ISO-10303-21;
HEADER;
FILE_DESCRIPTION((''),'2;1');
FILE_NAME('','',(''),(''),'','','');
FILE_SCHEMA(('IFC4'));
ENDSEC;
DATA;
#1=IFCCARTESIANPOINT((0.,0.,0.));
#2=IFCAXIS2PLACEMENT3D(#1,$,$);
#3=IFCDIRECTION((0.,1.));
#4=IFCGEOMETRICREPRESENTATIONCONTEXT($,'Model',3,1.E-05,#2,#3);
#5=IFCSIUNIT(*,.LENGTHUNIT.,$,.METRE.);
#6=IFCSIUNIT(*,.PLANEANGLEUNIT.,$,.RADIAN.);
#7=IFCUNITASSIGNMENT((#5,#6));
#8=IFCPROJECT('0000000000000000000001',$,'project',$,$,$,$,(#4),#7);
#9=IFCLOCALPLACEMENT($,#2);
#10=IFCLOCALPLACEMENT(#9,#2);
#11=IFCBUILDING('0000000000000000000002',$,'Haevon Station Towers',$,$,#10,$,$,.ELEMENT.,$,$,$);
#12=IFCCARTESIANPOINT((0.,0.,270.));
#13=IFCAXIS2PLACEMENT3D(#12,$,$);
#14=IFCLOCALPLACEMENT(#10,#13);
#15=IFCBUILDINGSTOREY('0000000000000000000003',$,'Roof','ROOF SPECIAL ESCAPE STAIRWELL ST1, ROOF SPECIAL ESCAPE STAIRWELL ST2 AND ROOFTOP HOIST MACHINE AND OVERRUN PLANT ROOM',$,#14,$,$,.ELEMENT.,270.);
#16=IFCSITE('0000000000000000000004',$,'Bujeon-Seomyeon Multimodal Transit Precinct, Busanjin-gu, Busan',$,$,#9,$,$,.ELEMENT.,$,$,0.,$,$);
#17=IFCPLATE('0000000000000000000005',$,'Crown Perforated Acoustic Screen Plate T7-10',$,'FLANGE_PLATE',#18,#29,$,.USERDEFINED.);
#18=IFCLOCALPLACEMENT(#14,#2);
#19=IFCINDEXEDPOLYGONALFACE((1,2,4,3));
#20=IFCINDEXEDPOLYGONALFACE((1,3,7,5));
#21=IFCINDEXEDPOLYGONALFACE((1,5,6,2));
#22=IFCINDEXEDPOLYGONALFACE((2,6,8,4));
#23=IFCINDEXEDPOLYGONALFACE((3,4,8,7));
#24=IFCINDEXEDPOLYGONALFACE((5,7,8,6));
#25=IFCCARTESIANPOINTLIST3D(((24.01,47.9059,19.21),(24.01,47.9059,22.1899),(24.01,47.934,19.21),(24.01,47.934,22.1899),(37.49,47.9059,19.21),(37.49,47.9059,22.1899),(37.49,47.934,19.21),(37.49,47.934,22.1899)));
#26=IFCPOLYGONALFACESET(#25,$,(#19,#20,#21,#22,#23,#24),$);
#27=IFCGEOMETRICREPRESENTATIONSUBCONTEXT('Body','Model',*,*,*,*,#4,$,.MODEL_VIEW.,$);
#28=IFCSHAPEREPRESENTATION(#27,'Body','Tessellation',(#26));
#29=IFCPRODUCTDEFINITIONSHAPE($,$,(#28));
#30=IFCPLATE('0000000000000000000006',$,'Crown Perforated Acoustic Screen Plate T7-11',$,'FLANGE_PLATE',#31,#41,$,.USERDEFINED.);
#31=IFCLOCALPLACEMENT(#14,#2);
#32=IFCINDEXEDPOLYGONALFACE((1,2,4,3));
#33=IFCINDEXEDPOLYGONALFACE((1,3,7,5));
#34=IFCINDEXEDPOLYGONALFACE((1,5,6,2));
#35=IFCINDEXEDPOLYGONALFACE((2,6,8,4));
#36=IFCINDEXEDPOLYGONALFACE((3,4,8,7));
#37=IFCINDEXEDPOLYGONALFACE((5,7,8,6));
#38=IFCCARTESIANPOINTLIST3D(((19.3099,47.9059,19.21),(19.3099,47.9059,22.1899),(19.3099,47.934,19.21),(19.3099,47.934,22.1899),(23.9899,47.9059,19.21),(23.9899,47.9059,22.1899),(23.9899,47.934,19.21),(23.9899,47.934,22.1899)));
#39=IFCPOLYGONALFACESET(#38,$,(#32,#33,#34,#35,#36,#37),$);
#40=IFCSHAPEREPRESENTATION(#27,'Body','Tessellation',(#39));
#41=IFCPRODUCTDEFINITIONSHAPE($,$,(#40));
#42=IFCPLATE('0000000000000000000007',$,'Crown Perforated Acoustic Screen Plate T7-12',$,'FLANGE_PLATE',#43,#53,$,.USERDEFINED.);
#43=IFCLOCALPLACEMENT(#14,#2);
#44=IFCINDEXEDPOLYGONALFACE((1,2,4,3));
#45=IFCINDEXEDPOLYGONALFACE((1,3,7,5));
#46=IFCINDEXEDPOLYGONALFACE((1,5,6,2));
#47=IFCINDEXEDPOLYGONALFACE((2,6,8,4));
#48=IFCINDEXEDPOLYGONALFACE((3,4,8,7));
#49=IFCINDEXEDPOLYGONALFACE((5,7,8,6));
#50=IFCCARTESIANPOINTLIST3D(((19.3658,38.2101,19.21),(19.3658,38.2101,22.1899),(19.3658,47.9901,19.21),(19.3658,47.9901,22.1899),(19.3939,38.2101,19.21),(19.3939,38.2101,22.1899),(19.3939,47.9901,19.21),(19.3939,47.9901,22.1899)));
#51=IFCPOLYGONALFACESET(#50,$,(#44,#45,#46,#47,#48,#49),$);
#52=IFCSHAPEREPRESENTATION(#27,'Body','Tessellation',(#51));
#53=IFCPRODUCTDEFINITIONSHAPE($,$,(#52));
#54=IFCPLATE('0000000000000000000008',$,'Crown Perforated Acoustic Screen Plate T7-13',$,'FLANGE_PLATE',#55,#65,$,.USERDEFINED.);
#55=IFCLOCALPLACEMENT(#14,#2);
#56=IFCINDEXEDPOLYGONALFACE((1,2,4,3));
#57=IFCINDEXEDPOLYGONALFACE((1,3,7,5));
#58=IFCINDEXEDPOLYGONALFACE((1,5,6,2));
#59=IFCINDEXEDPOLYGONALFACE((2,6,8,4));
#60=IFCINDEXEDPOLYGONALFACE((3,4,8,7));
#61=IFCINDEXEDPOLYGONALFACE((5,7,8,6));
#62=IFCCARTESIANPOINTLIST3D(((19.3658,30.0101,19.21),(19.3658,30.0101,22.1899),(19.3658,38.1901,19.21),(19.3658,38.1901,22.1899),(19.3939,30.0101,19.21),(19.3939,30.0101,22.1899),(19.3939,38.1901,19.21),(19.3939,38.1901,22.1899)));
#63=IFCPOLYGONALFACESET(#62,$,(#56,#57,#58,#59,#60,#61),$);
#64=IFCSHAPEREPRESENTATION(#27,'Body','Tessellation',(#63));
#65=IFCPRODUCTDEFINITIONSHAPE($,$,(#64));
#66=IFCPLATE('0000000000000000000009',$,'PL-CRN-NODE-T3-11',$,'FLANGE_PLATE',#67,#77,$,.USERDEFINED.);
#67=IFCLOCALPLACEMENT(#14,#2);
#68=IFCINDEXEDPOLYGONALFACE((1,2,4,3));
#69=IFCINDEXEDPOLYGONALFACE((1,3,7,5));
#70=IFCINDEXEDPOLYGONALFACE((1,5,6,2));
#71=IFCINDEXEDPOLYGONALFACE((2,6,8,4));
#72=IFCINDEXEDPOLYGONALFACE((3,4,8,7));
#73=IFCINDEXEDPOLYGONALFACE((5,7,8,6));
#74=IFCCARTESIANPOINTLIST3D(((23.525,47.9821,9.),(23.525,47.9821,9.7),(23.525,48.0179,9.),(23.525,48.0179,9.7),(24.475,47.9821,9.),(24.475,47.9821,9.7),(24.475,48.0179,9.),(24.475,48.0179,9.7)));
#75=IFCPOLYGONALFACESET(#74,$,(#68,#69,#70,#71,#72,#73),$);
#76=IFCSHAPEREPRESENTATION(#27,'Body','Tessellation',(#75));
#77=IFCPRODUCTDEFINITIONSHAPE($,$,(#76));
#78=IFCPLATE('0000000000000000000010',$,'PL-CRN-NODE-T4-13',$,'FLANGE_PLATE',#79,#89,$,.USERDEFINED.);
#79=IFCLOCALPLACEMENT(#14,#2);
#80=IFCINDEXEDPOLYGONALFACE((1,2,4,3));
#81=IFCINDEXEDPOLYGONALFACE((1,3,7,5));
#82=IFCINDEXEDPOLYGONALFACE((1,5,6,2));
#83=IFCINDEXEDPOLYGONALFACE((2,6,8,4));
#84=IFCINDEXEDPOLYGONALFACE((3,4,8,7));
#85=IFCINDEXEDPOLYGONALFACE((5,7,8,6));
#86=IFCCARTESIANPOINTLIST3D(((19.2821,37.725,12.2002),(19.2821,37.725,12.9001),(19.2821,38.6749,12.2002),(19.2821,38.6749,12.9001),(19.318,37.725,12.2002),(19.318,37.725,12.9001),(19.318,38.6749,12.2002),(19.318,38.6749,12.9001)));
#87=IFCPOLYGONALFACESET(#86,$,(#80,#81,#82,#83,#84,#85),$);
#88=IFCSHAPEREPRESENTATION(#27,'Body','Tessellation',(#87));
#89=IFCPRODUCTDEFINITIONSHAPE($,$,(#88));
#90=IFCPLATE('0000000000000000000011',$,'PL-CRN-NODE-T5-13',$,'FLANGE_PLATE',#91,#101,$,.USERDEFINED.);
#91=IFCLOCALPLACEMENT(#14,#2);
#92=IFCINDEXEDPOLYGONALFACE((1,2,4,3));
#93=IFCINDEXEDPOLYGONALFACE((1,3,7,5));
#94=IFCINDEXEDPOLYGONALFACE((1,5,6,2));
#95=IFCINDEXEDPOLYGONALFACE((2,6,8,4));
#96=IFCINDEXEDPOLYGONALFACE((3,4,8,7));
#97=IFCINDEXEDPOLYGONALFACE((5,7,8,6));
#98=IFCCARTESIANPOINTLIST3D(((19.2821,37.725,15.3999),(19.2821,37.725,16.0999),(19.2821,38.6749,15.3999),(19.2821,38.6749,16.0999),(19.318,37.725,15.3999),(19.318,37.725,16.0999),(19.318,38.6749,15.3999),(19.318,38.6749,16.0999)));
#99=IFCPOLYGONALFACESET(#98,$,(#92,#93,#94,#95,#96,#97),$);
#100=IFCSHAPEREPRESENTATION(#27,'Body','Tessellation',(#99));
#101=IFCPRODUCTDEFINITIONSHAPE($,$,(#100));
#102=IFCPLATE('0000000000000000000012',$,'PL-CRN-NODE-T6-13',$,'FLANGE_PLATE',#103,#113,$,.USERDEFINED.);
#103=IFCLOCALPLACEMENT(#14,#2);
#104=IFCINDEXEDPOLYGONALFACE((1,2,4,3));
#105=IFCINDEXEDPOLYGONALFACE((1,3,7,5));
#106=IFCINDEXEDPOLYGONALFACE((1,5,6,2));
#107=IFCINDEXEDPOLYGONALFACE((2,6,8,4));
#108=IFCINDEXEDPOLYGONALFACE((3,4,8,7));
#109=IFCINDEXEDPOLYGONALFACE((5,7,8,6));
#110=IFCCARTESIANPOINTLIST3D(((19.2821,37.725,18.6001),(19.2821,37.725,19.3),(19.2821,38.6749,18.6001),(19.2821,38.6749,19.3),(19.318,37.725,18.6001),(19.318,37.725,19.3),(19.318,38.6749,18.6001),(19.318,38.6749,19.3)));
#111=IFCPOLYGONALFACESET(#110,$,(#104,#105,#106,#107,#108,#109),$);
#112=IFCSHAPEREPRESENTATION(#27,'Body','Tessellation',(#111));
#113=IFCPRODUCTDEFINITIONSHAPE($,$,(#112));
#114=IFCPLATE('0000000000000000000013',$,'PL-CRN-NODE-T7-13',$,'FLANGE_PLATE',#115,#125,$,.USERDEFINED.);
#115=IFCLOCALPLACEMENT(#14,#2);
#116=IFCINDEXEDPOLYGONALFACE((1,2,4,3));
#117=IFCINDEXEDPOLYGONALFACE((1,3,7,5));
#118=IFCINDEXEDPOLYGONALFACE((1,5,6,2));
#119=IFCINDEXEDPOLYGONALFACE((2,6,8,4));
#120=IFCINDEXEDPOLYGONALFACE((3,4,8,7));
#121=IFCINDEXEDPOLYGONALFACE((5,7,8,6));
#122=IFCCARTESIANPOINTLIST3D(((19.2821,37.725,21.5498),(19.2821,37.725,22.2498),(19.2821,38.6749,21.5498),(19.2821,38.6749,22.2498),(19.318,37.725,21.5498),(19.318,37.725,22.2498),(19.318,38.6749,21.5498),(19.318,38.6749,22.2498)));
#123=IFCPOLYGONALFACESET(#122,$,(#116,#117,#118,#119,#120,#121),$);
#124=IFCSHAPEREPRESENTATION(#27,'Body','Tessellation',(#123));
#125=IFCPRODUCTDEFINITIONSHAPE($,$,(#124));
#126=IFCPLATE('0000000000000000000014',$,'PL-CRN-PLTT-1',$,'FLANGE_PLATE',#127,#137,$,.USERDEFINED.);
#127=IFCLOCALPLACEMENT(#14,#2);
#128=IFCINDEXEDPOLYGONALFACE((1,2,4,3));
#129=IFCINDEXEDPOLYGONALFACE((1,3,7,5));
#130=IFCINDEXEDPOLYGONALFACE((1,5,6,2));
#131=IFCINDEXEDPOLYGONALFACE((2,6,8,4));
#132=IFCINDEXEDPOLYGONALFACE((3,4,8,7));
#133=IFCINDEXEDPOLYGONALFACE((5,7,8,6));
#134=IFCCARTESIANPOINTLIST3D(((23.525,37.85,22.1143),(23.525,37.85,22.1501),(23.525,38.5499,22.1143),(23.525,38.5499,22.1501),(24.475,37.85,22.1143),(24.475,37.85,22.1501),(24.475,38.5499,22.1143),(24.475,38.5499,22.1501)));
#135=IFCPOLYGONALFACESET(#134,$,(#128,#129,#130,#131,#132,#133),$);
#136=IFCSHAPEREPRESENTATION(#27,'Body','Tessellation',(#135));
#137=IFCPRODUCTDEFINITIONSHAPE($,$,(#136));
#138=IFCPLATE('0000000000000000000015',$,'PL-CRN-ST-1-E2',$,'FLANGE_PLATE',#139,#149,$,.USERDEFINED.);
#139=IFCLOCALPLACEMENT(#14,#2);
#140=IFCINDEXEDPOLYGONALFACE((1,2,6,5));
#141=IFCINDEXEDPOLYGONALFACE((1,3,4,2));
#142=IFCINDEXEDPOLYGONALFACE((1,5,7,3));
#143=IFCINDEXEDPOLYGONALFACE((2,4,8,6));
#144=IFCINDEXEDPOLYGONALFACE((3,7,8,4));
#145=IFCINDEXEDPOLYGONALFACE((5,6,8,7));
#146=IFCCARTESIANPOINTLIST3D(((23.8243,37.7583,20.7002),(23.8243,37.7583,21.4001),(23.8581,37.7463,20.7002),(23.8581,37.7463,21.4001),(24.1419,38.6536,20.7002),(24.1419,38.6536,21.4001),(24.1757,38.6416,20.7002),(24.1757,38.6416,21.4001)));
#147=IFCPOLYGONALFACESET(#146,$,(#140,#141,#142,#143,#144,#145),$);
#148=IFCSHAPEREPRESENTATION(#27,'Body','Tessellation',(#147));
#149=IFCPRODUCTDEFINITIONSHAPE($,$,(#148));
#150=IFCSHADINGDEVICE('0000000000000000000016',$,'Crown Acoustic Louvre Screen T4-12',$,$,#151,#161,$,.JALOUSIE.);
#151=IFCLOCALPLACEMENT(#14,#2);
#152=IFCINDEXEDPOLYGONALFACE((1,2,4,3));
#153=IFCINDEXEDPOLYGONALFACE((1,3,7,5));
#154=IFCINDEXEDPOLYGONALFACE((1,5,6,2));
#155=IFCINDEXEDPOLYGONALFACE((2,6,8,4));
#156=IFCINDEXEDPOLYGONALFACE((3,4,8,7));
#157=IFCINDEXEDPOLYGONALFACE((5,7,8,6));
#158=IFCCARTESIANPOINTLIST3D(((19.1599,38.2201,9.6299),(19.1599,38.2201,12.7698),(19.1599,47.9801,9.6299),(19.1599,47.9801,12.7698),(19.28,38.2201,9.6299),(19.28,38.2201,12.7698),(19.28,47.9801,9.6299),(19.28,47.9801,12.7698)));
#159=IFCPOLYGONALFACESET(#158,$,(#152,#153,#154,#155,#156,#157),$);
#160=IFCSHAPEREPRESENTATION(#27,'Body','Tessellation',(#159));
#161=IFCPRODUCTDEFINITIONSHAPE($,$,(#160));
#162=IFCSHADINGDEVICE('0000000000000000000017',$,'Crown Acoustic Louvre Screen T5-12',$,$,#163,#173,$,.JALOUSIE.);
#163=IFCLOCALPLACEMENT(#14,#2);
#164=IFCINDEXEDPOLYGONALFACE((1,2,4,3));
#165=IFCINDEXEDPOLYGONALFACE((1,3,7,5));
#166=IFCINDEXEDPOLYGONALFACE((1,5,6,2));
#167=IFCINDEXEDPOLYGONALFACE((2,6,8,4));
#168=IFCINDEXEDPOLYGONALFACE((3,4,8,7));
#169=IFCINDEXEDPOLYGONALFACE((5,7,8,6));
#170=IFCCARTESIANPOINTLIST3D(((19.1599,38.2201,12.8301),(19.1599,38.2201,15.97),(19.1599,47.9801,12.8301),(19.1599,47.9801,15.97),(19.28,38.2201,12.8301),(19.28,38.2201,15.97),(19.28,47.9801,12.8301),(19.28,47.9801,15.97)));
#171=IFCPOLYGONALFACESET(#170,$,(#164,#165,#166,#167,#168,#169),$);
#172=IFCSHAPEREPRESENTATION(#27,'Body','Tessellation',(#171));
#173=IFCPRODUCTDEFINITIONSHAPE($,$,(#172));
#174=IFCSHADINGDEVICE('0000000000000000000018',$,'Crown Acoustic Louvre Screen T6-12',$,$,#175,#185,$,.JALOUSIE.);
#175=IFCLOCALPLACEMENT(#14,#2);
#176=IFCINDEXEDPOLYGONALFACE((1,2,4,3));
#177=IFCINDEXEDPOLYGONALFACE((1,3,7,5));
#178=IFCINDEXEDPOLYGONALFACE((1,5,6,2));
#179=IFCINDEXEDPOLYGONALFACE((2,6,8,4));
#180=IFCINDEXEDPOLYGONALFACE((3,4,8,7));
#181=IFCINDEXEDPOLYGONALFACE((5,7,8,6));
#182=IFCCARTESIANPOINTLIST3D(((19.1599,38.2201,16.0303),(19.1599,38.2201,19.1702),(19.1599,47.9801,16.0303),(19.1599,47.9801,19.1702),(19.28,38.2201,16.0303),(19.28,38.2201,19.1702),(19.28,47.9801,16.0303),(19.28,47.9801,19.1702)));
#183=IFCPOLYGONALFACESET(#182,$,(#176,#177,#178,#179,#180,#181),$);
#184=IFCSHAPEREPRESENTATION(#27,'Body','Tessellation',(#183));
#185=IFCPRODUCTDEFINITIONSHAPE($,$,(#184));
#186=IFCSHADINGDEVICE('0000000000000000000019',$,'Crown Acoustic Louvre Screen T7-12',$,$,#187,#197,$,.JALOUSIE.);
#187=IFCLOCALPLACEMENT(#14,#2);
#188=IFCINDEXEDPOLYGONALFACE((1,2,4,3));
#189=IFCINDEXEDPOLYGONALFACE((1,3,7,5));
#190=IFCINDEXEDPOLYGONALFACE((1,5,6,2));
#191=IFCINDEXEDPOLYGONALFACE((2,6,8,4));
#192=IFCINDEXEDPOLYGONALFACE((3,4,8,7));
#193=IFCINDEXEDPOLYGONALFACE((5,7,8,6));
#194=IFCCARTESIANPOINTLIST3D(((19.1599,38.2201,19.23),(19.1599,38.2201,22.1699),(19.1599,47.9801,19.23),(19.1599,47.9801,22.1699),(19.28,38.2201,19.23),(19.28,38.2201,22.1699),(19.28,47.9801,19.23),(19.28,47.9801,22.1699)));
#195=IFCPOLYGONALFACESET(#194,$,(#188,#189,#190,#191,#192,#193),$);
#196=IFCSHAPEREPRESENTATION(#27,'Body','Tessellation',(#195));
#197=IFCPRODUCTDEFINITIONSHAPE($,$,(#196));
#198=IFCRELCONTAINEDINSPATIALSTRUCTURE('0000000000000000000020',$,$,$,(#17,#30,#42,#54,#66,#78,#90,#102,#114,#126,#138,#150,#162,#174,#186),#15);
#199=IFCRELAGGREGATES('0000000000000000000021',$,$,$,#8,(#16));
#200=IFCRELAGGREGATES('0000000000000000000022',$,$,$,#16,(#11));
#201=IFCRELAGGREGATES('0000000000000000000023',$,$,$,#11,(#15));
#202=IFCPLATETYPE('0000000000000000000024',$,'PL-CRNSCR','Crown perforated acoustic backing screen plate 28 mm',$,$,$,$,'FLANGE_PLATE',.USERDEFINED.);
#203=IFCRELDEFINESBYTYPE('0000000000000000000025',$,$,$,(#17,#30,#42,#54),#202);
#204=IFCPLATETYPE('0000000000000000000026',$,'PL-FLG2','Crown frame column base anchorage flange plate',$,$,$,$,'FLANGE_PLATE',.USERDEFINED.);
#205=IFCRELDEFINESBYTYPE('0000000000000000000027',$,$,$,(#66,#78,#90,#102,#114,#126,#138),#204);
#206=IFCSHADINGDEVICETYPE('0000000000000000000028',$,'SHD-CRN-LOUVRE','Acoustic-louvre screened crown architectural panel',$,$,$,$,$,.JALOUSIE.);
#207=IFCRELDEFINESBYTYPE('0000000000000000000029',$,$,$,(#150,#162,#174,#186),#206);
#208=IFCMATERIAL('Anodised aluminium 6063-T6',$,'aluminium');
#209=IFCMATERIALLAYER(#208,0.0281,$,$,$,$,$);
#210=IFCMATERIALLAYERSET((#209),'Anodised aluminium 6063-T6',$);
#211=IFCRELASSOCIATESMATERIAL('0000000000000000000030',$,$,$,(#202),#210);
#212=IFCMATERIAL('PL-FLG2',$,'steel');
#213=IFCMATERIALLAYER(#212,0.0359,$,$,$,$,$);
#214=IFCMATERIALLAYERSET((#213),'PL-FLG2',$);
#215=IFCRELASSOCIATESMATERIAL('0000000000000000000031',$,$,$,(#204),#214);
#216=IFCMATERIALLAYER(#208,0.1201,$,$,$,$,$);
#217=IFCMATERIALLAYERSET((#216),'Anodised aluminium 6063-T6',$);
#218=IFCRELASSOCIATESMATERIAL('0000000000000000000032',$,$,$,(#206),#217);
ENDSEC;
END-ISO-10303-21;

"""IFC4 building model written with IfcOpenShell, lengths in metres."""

from ifc_helpers import new_model, si_unit, direction, frame, origin, origin_2d, place, context, subcontext, project, spatial, rectangle, extrude, material, layer, layer_set, type_object, element, save


model = new_model("IFC4")

# Units and contexts
model_context = context("Model", 3, precision=1e-05, world=origin(), true_north=direction((0.0, 1.0)))
body_context = subcontext(model_context, "Body", "Model", "MODEL_VIEW")
ifc_project = project(units=[si_unit("LENGTHUNIT", "METRE"), si_unit("PLANEANGLEUNIT", "RADIAN")], contexts=[model_context])

# Site, building, storey
site_placement = place(None, origin())
site = spatial("IfcSite", under=ifc_project, at=site_placement, Name="Bujeon-Seomyeon Multimodal Transit Precinct, Busanjin-gu, Busan", CompositionType="ELEMENT", RefElevation=0.0)
building_placement = place(site_placement, origin())
building = spatial("IfcBuilding", under=site, at=building_placement, Name="Haevon Station Towers", CompositionType="ELEMENT")
storey_placement = place(building_placement, frame((0.0, 0.0, 270.0)))
storey = spatial("IfcBuildingStorey", under=building, at=storey_placement, Name="Roof", Description="ROOF SPECIAL ESCAPE STAIRWELL ST1, ROOF SPECIAL ESCAPE STAIRWELL ST2 AND ROOFTOP HOIST MACHINE AND OVERRUN PLANT ROOM", CompositionType="ELEMENT", Elevation=270.0)

# Plates
ifc_material_1 = material(Name="Anodised aluminium 6063-T6", Category="aluminium")
ifc_layer_1 = layer(ifc_material_1, 0.0281)
ifc_layer_set_1 = layer_set([ifc_layer_1], Name="Anodised aluminium 6063-T6")
plate_type_1 = type_object("IfcPlateType", Name="PL-CRNSCR", Description="Crown perforated acoustic backing screen plate 28 mm", ElementType="FLANGE_PLATE", PredefinedType="USERDEFINED", material=ifc_layer_set_1)
plate_1_placement = place(storey_placement, frame((30.75, 47.9199, 19.21), z_axis=(0.0, 0.0, 1.0), x_axis=(-1.0, 0.0, 0.0)))
element("IfcPlate", 1, at=plate_1_placement, inside=storey, type_object=plate_type_1, Name="Crown Perforated Acoustic Screen Plate T7-10", ObjectType="FLANGE_PLATE", PredefinedType="USERDEFINED", context=body_context, shape_type="SweptSolid", body=[
    extrude(rectangle(XDim=13.48, YDim=0.0281, at=origin_2d()), origin(), (0.0, 0.0, 1.0), 2.98),
])
plate_2_placement = place(storey_placement, frame((21.6499, 47.9199, 19.21), z_axis=(0.0, 0.0, 1.0), x_axis=(-1.0, 0.0, 0.0)))
element("IfcPlate", 2, at=plate_2_placement, inside=storey, type_object=plate_type_1, Name="Crown Perforated Acoustic Screen Plate T7-11", ObjectType="FLANGE_PLATE", PredefinedType="USERDEFINED", context=body_context, shape_type="SweptSolid", body=[
    extrude(rectangle(XDim=4.6799, YDim=0.0281, at=origin_2d()), origin(), (0.0, 0.0, 1.0), 2.98),
])
plate_3_placement = place(storey_placement, frame((19.3799, 43.1001, 19.21), z_axis=(0.0, 0.0, 1.0), x_axis=(0.0, -1.0, 0.0)))
element("IfcPlate", 3, at=plate_3_placement, inside=storey, type_object=plate_type_1, Name="Crown Perforated Acoustic Screen Plate T7-12", ObjectType="FLANGE_PLATE", PredefinedType="USERDEFINED", context=body_context, shape_type="SweptSolid", body=[
    extrude(rectangle(XDim=9.78, YDim=0.0281, at=origin_2d()), origin(), (0.0, 0.0, 1.0), 2.98),
])
plate_4_placement = place(storey_placement, frame((19.3799, 34.1001, 19.21), z_axis=(0.0, 0.0, 1.0), x_axis=(0.0, -1.0, 0.0)))
element("IfcPlate", 4, at=plate_4_placement, inside=storey, type_object=plate_type_1, Name="Crown Perforated Acoustic Screen Plate T7-13", ObjectType="FLANGE_PLATE", PredefinedType="USERDEFINED", context=body_context, shape_type="SweptSolid", body=[
    extrude(rectangle(XDim=8.1799, YDim=0.0281, at=origin_2d()), origin(), (0.0, 0.0, 1.0), 2.98),
])
ifc_material_2 = material(Name="PL-FLG2", Category="steel")
ifc_layer_2 = layer(ifc_material_2, 0.0359)
ifc_layer_set_2 = layer_set([ifc_layer_2], Name="PL-FLG2")
plate_type_2 = type_object("IfcPlateType", Name="PL-FLG2", Description="Crown frame column base anchorage flange plate", ElementType="FLANGE_PLATE", PredefinedType="USERDEFINED", material=ifc_layer_set_2)
for number, where, z_axis, x_axis, name in (
    (5, (24.0, 48.0, 9.0), (0.0, 0.0, 1.0), (-1.0, 0.0, 0.0), "PL-CRN-NODE-T3-11"),
    (6, (19.3, 38.2, 12.2002), (0.0, 0.0, 1.0), (0.0, -1.0, 0.0), "PL-CRN-NODE-T4-13"),
    (7, (19.3, 38.2, 15.3999), (0.0, 0.0, 1.0), (0.0, -1.0, 0.0), "PL-CRN-NODE-T5-13"),
    (8, (19.3, 38.2, 18.6001), (0.0, 0.0, 1.0), (0.0, -1.0, 0.0), "PL-CRN-NODE-T6-13"),
    (9, (19.3, 38.2, 21.5498), (0.0, 0.0, 1.0), (0.0, -1.0, 0.0), "PL-CRN-NODE-T7-13"),
):
    element("IfcPlate", number, at=place(storey_placement, frame(where, z_axis=z_axis, x_axis=x_axis)), inside=storey, type_object=plate_type_2, Name=name, ObjectType="FLANGE_PLATE", PredefinedType="USERDEFINED", context=body_context, shape_type="SweptSolid", body=[
        extrude(rectangle(XDim=0.95, YDim=0.0359, at=origin_2d()), origin(), (0.0, 0.0, 1.0), 0.7),
    ])
plate_5_placement = place(storey_placement, frame((24.0, 38.2, 22.1143), z_axis=(0.0, 0.0, 1.0), x_axis=(1.0, 0.0, 0.0)))
element("IfcPlate", 10, at=plate_5_placement, inside=storey, type_object=plate_type_2, Name="PL-CRN-PLTT-1", ObjectType="FLANGE_PLATE", PredefinedType="USERDEFINED", context=body_context, shape_type="SweptSolid", body=[
    extrude(rectangle(XDim=0.95, YDim=0.7, at=origin_2d()), origin(), (0.0, 0.0, 1.0), 0.0359),
])
plate_6_placement = place(storey_placement, frame((24.0, 38.2, 20.7002), z_axis=(0.0, 0.0, 1.0), x_axis=(0.334309, 0.942464, 0.0)))
element("IfcPlate", 11, at=plate_6_placement, inside=storey, type_object=plate_type_2, Name="PL-CRN-ST-1-E2", ObjectType="FLANGE_PLATE", PredefinedType="USERDEFINED", context=body_context, shape_type="SweptSolid", body=[
    extrude(rectangle(XDim=0.95, YDim=0.0359, at=origin_2d()), origin(), (0.0, 0.0, 1.0), 0.7),
])

# Shading devices
ifc_layer_3 = layer(ifc_material_1, 0.1201)
ifc_layer_set_3 = layer_set([ifc_layer_3], Name="Anodised aluminium 6063-T6")
shading_device_type = type_object("IfcShadingDeviceType", Name="SHD-CRN-LOUVRE", Description="Acoustic-louvre screened crown architectural panel", PredefinedType="JALOUSIE", material=ifc_layer_set_3)
for number, where, z_axis, x_axis, name in (
    (12, (19.22, 43.1001, 9.6299), (0.0, 0.0, 1.0), (0.0, -1.0, 0.0), "Crown Acoustic Louvre Screen T4-12"),
    (13, (19.22, 43.1001, 12.8301), (0.0, 0.0, 1.0), (0.0, -1.0, 0.0), "Crown Acoustic Louvre Screen T5-12"),
    (14, (19.22, 43.1001, 16.0303), (0.0, 0.0, 1.0), (0.0, -1.0, 0.0), "Crown Acoustic Louvre Screen T6-12"),
):
    element("IfcShadingDevice", number, at=place(storey_placement, frame(where, z_axis=z_axis, x_axis=x_axis)), inside=storey, type_object=shading_device_type, Name=name, PredefinedType="JALOUSIE", context=body_context, shape_type="SweptSolid", body=[
        extrude(rectangle(XDim=9.76, YDim=0.1201, at=origin_2d()), origin(), (0.0, 0.0, 1.0), 3.1399),
    ])
shading_device_placement = place(storey_placement, frame((19.22, 43.1001, 19.23), z_axis=(0.0, 0.0, 1.0), x_axis=(0.0, -1.0, 0.0)))
element("IfcShadingDevice", 15, at=shading_device_placement, inside=storey, type_object=shading_device_type, Name="Crown Acoustic Louvre Screen T7-12", PredefinedType="JALOUSIE", context=body_context, shape_type="SweptSolid", body=[
    extrude(rectangle(XDim=9.76, YDim=0.1201, at=origin_2d()), origin(), (0.0, 0.0, 1.0), 2.9399),
])

save(model, "model.ifc")
